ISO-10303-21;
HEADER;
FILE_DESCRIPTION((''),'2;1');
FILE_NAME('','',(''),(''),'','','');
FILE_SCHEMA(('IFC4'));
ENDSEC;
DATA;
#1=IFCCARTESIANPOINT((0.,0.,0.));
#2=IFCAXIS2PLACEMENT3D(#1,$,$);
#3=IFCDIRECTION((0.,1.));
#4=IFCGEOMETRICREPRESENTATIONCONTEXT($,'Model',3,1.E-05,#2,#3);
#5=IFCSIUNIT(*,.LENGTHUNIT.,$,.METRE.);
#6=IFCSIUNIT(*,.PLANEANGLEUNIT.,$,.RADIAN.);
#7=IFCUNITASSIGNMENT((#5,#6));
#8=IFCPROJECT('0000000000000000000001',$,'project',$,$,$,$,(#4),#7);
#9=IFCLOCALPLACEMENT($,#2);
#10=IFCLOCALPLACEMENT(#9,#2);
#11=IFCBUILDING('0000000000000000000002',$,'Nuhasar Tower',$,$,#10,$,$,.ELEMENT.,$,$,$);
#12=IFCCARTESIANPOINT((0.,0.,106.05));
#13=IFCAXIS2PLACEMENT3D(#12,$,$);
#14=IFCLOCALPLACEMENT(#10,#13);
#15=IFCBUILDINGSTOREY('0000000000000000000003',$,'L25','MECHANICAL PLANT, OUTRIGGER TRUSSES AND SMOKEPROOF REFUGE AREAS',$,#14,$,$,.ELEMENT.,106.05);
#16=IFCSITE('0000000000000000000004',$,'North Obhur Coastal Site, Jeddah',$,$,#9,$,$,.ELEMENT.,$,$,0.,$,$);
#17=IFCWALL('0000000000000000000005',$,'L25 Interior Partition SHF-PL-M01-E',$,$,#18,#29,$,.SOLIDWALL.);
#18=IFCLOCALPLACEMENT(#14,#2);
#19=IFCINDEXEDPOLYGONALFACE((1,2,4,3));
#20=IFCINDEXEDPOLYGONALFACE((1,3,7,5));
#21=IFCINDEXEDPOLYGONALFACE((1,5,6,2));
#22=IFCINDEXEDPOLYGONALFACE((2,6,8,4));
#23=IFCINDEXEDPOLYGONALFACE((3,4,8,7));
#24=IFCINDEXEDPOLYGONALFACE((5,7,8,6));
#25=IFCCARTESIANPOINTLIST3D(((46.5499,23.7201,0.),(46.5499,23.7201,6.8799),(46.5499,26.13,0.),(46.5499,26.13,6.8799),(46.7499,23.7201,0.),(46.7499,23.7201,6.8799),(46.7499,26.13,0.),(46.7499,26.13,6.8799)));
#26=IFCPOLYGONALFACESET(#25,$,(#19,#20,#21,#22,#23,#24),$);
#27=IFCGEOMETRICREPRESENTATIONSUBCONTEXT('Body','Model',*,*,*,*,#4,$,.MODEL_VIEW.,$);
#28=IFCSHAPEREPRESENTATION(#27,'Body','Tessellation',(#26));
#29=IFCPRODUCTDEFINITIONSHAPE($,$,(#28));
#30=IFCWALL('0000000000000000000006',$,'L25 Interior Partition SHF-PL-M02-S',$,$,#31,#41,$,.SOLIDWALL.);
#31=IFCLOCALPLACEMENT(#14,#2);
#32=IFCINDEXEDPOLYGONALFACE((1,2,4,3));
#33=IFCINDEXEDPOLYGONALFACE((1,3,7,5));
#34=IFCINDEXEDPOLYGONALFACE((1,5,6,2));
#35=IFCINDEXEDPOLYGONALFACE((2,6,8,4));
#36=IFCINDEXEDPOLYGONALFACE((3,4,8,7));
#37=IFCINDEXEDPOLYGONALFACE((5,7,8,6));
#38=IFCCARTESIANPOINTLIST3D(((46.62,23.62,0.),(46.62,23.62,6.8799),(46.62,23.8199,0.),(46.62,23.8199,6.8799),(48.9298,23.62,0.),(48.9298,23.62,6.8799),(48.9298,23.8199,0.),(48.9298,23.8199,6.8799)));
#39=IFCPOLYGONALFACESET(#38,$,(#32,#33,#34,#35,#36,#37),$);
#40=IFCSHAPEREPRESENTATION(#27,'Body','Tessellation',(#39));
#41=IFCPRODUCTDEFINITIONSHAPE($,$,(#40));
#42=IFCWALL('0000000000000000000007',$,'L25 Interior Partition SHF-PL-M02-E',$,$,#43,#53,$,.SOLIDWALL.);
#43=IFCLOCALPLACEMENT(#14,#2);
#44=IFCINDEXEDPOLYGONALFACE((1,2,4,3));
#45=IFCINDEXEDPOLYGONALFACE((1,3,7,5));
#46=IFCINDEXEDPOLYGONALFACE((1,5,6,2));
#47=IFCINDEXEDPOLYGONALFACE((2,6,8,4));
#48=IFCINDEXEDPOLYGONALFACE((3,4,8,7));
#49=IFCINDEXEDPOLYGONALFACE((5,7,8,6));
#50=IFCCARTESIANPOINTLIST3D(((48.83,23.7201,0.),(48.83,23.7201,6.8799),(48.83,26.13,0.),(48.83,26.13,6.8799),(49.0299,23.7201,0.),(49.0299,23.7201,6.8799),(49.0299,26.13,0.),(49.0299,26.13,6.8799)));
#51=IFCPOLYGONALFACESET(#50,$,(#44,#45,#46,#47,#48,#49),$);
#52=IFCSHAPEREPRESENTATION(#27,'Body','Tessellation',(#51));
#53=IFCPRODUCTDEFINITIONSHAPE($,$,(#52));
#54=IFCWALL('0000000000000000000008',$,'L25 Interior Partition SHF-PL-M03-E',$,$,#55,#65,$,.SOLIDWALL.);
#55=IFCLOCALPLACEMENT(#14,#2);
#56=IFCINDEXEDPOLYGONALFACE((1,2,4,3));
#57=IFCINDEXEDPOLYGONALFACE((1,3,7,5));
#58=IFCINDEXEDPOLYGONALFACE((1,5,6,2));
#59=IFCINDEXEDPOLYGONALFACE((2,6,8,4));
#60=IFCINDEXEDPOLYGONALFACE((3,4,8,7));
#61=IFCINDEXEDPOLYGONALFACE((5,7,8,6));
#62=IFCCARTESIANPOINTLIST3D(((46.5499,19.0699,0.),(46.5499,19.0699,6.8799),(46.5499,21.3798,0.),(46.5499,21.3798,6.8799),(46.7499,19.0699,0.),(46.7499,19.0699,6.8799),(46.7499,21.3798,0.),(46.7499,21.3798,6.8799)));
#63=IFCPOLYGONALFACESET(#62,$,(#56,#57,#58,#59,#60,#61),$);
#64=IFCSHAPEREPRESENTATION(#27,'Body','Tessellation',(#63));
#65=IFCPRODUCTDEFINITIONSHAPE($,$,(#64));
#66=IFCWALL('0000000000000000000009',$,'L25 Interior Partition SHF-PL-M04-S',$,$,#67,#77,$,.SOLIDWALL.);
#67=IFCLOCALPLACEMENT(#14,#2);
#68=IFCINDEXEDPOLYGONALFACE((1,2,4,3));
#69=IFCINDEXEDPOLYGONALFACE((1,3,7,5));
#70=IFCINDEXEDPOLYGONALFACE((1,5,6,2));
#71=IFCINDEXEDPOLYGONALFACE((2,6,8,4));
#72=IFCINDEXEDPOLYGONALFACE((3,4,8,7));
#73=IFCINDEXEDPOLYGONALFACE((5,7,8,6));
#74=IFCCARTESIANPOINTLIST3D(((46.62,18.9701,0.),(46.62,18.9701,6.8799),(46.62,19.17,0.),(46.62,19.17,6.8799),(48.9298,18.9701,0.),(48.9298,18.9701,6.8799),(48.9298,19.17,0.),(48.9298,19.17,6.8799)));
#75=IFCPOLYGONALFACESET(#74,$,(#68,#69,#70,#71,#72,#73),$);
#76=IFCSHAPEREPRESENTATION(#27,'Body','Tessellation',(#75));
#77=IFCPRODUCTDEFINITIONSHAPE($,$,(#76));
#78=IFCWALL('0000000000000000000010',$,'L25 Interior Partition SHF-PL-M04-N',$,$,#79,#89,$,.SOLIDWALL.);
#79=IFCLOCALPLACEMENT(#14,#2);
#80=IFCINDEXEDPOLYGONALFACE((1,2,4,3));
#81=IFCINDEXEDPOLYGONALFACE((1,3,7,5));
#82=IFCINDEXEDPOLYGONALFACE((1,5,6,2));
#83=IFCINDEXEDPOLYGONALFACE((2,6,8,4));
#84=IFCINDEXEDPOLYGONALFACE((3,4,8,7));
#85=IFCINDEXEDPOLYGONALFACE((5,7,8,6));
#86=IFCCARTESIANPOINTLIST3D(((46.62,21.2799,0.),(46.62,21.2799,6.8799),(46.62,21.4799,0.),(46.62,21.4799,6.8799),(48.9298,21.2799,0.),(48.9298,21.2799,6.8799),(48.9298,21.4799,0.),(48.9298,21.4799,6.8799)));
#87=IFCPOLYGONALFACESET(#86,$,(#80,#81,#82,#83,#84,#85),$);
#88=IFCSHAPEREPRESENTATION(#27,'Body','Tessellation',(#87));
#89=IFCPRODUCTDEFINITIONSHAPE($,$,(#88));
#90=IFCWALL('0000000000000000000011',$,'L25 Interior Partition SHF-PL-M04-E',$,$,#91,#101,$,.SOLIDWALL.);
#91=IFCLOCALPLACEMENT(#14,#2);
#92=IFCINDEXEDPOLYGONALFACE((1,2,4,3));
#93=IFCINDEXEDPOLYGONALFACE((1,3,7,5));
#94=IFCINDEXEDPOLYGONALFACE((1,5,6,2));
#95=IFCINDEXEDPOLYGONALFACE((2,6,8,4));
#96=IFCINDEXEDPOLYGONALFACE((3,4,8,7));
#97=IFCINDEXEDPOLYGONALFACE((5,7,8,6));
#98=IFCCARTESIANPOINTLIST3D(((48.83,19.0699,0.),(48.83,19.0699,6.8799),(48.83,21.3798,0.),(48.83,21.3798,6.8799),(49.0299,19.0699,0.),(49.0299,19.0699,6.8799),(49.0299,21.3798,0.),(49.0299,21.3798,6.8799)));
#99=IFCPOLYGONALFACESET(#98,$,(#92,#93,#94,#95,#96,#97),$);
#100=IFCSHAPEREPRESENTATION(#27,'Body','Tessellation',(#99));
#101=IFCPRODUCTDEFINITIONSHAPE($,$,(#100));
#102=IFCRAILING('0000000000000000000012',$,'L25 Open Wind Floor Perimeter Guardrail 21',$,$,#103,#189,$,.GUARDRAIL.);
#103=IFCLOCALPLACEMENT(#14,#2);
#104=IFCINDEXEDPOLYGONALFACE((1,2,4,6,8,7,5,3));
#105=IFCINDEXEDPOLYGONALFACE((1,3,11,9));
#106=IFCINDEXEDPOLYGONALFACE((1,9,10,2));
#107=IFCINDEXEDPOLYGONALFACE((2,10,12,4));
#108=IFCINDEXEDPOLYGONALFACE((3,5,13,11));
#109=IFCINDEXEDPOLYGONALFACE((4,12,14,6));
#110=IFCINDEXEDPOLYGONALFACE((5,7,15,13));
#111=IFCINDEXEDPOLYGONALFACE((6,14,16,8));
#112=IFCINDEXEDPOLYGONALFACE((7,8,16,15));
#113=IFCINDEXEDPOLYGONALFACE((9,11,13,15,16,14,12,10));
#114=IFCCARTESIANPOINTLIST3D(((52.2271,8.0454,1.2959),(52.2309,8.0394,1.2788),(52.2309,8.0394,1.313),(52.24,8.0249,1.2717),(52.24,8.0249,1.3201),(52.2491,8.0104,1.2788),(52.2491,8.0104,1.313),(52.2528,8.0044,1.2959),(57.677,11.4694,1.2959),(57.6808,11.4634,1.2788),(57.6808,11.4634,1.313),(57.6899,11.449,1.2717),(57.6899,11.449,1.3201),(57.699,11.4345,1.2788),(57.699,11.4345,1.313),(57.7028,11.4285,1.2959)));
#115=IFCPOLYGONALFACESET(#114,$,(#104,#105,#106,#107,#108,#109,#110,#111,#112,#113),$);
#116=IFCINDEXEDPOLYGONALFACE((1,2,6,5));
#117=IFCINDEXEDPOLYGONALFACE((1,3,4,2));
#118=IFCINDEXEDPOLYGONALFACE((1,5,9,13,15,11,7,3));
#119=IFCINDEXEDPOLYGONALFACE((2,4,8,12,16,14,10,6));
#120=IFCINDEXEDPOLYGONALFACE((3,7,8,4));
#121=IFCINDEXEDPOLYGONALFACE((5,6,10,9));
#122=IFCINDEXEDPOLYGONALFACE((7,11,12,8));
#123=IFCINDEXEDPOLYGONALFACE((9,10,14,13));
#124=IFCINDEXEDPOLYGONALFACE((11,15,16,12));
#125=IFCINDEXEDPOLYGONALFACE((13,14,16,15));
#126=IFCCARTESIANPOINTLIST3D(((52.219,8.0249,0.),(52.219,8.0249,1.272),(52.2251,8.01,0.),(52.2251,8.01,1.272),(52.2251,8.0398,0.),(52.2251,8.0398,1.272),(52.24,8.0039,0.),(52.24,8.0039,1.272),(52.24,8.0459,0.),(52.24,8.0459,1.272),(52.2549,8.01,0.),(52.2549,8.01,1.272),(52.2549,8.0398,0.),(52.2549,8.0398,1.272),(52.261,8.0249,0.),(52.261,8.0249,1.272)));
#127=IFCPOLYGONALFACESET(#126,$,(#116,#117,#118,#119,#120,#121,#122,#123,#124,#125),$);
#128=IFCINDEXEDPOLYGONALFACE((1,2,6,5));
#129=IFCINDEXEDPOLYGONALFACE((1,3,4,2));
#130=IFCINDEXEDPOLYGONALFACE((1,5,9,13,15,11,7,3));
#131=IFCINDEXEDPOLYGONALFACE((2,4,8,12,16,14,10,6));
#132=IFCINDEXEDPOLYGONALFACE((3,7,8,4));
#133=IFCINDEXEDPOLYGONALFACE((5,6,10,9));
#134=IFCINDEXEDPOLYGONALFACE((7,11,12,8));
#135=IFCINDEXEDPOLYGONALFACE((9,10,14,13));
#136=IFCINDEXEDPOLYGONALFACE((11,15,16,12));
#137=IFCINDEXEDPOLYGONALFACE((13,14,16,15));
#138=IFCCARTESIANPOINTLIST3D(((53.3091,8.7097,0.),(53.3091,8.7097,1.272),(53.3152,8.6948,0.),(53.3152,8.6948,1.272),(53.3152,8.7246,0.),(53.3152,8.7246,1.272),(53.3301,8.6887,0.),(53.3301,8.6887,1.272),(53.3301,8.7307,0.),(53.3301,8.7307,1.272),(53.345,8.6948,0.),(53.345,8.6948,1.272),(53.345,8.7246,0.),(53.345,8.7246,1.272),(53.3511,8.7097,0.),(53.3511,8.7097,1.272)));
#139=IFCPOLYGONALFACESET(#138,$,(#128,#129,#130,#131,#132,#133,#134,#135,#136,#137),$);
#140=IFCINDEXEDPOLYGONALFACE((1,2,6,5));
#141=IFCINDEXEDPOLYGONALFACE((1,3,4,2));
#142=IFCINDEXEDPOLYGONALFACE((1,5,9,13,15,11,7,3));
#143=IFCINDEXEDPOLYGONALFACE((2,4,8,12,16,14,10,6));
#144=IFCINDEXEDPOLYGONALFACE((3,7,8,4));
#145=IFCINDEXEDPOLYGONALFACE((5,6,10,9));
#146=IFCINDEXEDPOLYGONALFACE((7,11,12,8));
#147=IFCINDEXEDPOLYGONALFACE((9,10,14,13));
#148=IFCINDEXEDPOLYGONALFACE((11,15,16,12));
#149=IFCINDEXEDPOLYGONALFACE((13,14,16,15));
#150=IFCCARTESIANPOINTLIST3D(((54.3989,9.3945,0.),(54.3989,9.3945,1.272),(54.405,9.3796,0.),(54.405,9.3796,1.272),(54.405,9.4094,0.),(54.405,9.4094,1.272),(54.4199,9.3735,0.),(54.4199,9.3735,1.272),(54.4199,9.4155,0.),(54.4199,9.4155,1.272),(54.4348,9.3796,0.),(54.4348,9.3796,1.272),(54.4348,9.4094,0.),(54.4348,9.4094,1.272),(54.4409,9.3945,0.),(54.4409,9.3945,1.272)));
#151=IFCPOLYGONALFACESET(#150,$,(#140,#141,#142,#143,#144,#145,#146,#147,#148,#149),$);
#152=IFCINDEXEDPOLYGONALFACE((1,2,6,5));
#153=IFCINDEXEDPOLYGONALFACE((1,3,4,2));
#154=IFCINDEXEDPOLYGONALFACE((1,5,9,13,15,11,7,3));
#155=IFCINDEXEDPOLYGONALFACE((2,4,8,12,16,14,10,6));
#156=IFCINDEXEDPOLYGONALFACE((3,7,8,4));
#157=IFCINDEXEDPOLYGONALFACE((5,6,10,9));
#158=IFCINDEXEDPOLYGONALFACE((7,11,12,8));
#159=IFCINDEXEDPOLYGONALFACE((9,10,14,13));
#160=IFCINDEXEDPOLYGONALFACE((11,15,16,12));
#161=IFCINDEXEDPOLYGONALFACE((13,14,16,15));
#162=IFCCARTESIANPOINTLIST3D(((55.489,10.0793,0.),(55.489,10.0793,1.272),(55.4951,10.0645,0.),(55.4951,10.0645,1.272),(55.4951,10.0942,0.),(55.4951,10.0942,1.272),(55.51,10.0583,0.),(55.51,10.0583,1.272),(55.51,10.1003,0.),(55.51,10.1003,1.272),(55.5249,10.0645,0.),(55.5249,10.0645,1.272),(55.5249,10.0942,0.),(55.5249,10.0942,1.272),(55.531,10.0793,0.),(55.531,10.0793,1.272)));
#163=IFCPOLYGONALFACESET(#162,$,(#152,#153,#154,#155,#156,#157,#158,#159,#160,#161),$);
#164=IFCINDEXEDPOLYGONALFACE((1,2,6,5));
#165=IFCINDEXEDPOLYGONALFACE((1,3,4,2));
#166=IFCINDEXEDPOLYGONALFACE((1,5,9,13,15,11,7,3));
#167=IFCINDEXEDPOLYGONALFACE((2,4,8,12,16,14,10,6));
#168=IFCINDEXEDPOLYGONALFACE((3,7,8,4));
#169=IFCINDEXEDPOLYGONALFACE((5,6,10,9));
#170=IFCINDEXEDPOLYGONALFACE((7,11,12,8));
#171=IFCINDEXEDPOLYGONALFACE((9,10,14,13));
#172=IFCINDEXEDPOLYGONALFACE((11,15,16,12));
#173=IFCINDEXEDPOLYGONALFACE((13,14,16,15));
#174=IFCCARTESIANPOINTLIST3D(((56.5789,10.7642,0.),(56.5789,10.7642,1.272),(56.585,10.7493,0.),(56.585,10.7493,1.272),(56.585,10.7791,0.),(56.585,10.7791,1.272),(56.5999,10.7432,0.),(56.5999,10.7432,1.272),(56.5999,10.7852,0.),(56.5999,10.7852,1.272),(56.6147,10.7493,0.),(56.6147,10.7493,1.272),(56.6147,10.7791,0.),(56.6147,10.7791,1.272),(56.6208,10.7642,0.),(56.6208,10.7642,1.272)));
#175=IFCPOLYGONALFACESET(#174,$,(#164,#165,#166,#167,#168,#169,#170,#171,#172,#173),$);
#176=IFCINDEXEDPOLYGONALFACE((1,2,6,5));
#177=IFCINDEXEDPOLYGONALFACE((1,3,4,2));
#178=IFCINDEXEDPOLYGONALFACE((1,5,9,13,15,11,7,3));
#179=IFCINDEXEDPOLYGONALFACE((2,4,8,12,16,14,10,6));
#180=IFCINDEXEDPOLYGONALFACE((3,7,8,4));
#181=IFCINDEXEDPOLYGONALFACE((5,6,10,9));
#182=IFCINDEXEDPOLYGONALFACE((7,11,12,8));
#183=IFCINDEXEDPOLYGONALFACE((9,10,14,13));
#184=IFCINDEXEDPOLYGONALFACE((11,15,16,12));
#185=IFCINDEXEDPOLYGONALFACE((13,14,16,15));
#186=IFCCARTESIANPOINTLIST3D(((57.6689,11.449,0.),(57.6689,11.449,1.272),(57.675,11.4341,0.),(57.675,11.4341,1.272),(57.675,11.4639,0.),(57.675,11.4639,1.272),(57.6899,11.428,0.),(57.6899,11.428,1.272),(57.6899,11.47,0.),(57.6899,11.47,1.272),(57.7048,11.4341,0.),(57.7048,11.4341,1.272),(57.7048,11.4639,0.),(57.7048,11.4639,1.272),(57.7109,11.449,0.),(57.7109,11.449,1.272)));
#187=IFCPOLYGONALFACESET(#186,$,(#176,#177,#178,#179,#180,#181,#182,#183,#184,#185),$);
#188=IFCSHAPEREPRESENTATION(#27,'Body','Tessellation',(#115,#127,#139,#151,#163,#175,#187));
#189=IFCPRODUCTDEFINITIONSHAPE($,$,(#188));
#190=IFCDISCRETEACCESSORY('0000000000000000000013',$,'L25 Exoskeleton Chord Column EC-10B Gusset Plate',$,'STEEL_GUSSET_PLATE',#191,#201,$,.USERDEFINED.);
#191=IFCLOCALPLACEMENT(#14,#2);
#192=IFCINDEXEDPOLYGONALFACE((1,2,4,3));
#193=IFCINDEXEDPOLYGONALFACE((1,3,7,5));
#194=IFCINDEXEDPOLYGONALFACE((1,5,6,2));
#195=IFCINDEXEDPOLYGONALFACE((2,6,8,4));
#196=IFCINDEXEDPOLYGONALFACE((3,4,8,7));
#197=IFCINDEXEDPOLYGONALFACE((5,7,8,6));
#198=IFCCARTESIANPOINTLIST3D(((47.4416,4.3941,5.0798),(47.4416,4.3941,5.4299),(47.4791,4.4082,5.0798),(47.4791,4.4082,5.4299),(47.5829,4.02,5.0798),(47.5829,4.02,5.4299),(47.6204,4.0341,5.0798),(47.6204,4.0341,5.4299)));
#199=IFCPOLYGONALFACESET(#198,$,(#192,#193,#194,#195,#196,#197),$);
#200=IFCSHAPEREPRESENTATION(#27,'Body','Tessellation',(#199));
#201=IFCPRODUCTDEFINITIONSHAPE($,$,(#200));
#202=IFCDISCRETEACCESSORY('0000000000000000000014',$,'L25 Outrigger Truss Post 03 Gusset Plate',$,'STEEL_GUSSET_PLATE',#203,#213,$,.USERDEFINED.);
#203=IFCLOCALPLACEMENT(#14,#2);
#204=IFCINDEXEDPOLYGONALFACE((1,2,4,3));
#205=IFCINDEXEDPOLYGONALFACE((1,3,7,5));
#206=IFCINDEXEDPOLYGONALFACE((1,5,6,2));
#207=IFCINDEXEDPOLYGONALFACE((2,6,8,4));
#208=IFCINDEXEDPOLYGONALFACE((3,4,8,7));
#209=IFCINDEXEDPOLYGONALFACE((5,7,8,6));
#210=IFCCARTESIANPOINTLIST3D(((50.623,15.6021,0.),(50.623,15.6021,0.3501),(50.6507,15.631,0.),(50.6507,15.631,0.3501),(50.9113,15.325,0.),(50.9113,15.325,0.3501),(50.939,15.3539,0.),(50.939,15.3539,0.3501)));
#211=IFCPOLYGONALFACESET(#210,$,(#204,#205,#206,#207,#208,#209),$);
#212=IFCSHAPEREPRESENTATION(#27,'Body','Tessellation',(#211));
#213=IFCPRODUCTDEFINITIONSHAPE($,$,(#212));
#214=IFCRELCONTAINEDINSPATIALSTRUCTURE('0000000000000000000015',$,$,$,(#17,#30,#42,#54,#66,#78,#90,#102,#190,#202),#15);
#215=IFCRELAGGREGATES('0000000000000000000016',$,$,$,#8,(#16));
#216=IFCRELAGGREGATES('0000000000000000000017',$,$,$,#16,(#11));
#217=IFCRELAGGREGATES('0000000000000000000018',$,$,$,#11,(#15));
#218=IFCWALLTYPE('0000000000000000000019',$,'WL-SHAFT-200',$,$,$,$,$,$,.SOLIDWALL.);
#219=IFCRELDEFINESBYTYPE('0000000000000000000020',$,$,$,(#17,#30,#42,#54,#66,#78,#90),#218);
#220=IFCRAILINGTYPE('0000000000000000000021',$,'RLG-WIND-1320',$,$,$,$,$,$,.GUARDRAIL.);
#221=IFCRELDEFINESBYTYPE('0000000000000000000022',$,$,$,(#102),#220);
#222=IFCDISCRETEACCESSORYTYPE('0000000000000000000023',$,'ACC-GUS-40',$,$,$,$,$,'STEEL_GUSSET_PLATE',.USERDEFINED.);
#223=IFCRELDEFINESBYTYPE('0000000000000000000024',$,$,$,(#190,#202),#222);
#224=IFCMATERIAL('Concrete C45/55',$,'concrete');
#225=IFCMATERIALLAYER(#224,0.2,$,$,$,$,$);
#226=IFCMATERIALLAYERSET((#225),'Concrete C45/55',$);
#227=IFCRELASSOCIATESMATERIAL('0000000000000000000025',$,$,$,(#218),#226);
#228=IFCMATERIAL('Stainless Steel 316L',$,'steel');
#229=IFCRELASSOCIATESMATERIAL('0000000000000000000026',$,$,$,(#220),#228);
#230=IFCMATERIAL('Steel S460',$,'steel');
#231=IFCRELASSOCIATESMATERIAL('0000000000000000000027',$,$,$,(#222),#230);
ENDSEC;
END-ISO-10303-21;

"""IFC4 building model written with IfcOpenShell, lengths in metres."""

from ifc_helpers import new_model, si_unit, direction, frame, frame_2d, origin, origin_2d, place, context, subcontext, project, spatial, polyline, rectangle, outline, extrude, material, layer, layer_set, type_object, element, save


model = new_model("IFC4")

# Units and contexts
model_context = context("Model", 3, precision=1e-05, world=origin(), true_north=direction((0.0, 1.0)))
body_context = subcontext(model_context, "Body", "Model", "MODEL_VIEW")
ifc_project = project(units=[si_unit("LENGTHUNIT", "METRE"), si_unit("PLANEANGLEUNIT", "RADIAN")], contexts=[model_context])

# Site, building, storey
site_placement = place(None, origin())
site = spatial("IfcSite", under=ifc_project, at=site_placement, Name="North Obhur Coastal Site, Jeddah", CompositionType="ELEMENT", RefElevation=0.0)
building_placement = place(site_placement, origin())
building = spatial("IfcBuilding", under=site, at=building_placement, Name="Nuhasar Tower", CompositionType="ELEMENT")
storey_placement = place(building_placement, frame((0.0, 0.0, 106.05)))
storey = spatial("IfcBuildingStorey", under=building, at=storey_placement, Name="L25", Description="MECHANICAL PLANT, OUTRIGGER TRUSSES AND SMOKEPROOF REFUGE AREAS", CompositionType="ELEMENT", Elevation=106.05)

# Shared definitions
ifc_material_1 = material(Name="Steel S460", Category="steel")

# Shared definitions
ifc_material_2 = material(Name="Concrete C45/55", Category="concrete")

# Walls
ifc_layer_1 = layer(ifc_material_2, 0.2)
ifc_layer_set_1 = layer_set([ifc_layer_1], Name="Concrete C45/55")
wall_type_1 = type_object("IfcWallType", Name="WL-SHAFT-200", PredefinedType="SOLIDWALL", material=ifc_layer_set_1)
wall_1_placement = place(storey_placement, frame((46.6499, 23.72, 0.0), z_axis=(0.0, 0.0, 1.0), x_axis=(0.0, 1.0, 0.0)))
element("IfcWall", 1, at=wall_1_placement, inside=storey, type_object=wall_type_1, Name="L25 Interior Partition SHF-PL-M01-E", PredefinedType="SOLIDWALL", context=body_context, shape_type="SweptSolid", body=[
    extrude(rectangle(XDim=2.4099, YDim=0.2, at=frame_2d((1.2051, 0.0))), origin(), (0.0, 0.0, 1.0), 6.8799),
])
wall_2_placement = place(storey_placement, frame((46.6201, 23.72, 0.0), z_axis=(0.0, 0.0, 1.0), x_axis=(1.0, 0.0, 0.0)))
element("IfcWall", 2, at=wall_2_placement, inside=storey, type_object=wall_type_1, Name="L25 Interior Partition SHF-PL-M02-S", PredefinedType="SOLIDWALL", context=body_context, shape_type="SweptSolid", body=[
    extrude(rectangle(XDim=2.3098, YDim=0.2, at=frame_2d((1.1548, 0.0))), origin(), (0.0, 0.0, 1.0), 6.8799),
])
wall_3_placement = place(storey_placement, frame((48.9299, 23.72, 0.0), z_axis=(0.0, 0.0, 1.0), x_axis=(0.0, 1.0, 0.0)))
element("IfcWall", 3, at=wall_3_placement, inside=storey, type_object=wall_type_1, Name="L25 Interior Partition SHF-PL-M02-E", PredefinedType="SOLIDWALL", context=body_context, shape_type="SweptSolid", body=[
    extrude(rectangle(XDim=2.4099, YDim=0.2, at=frame_2d((1.2051, 0.0))), origin(), (0.0, 0.0, 1.0), 6.8799),
])
for number, where, z_axis, x_axis, name in (
    (4, (46.6499, 19.0701, 0.0), (0.0, 0.0, 1.0), (0.0, 1.0, 0.0), "L25 Interior Partition SHF-PL-M03-E"),
    (5, (46.6201, 19.0701, 0.0), (0.0, 0.0, 1.0), (1.0, 0.0, 0.0), "L25 Interior Partition SHF-PL-M04-S"),
    (6, (46.6201, 21.3799, 0.0), (0.0, 0.0, 1.0), (1.0, 0.0, 0.0), "L25 Interior Partition SHF-PL-M04-N"),
    (7, (48.9299, 19.0701, 0.0), (0.0, 0.0, 1.0), (0.0, 1.0, 0.0), "L25 Interior Partition SHF-PL-M04-E"),
):
    element("IfcWall", number, at=place(storey_placement, frame(where, z_axis=z_axis, x_axis=x_axis)), inside=storey, type_object=wall_type_1, Name=name, PredefinedType="SOLIDWALL", context=body_context, shape_type="SweptSolid", body=[
        extrude(rectangle(XDim=2.3098, YDim=0.2, at=frame_2d((1.1548, 0.0))), origin(), (0.0, 0.0, 1.0), 6.8799),
    ])

# Railing
ifc_material_3 = material(Name="Stainless Steel 316L", Category="steel")
railing_type = type_object("IfcRailingType", Name="RLG-WIND-1320", PredefinedType="GUARDRAIL", material=ifc_material_3)
railing_placement = place(storey_placement, frame((52.24, 8.0249, 0.0)))
element("IfcRailing", 8, at=railing_placement, inside=storey, type_object=railing_type, Name="L25 Open Wind Floor Perimeter Guardrail 21", PredefinedType="GUARDRAIL", context=body_context, shape_type="SweptSolid", body=[
    extrude(outline(polyline([(0.0242, 0.0), (0.0171, 0.0171), (0.0, 0.0242), (-0.0171, 0.0171), (-0.0242, 0.0), (-0.0171, -0.0171), (0.0, -0.0242), (0.0171, -0.0171), (0.0242, 0.0)])), frame((0.0, 0.0, 1.2959), z_axis=(0.846749, 0.531992, 0.0), x_axis=(-0.531992, 0.846749, 0.0)), (0.0, 0.0, 1.0), 6.4363),
    extrude(outline(polyline([(0.021, 0.0), (0.0149, 0.0149), (0.0, 0.021), (-0.0149, 0.0149), (-0.021, 0.0), (-0.0149, -0.0149), (0.0, -0.021), (0.0149, -0.0149), (0.021, 0.0)])), origin(), (0.0, 0.0, 1.0), 1.272),
    extrude(outline(polyline([(0.021, 0.0), (0.0149, 0.0149), (0.0, 0.021), (-0.0149, 0.0149), (-0.021, 0.0), (-0.0149, -0.0149), (0.0, -0.021), (0.0149, -0.0149), (0.021, 0.0)])), frame((1.0901, 0.6848, 0.0)), (0.0, 0.0, 1.0), 1.272),
    extrude(outline(polyline([(0.021, 0.0), (0.0149, 0.0149), (0.0, 0.021), (-0.0149, 0.0149), (-0.021, 0.0), (-0.0149, -0.0149), (0.0, -0.021), (0.0149, -0.0149), (0.021, 0.0)])), frame((2.1799, 1.3696, 0.0)), (0.0, 0.0, 1.0), 1.272),
    extrude(outline(polyline([(0.021, 0.0), (0.0149, 0.0149), (0.0, 0.021), (-0.0149, 0.0149), (-0.021, 0.0), (-0.0149, -0.0149), (0.0, -0.021), (0.0149, -0.0149), (0.021, 0.0)])), frame((3.27, 2.0544, 0.0)), (0.0, 0.0, 1.0), 1.272),
    extrude(outline(polyline([(0.021, 0.0), (0.0149, 0.0149), (0.0, 0.021), (-0.0149, 0.0149), (-0.021, 0.0), (-0.0149, -0.0149), (0.0, -0.021), (0.0149, -0.0149), (0.021, 0.0)])), frame((4.3599, 2.7393, 0.0)), (0.0, 0.0, 1.0), 1.272),
    extrude(outline(polyline([(0.021, 0.0), (0.0149, 0.0149), (0.0, 0.021), (-0.0149, 0.0149), (-0.021, 0.0), (-0.0149, -0.0149), (0.0, -0.021), (0.0149, -0.0149), (0.021, 0.0)])), frame((5.45, 3.4241, 0.0)), (0.0, 0.0, 1.0), 1.272),
])

# Discrete accessories
discrete_accessory_type = type_object("IfcDiscreteAccessoryType", Name="ACC-GUS-40", ElementType="STEEL_GUSSET_PLATE", PredefinedType="USERDEFINED", material=ifc_material_1)
for number, where, z_axis, x_axis, name in (
    (9, (47.531, 4.2141, 5.0798), (0.0, 0.0, 1.0), (0.353344, -0.935493, 0.0), "L25 Exoskeleton Chord Column EC-10B Gusset Plate"),
    (10, (50.781, 15.478, 0.0), (0.0, 0.0, 1.0), (0.720999, -0.692936, 0.0), "L25 Outrigger Truss Post 03 Gusset Plate"),
):
    element("IfcDiscreteAccessory", number, at=place(storey_placement, frame(where, z_axis=z_axis, x_axis=x_axis)), inside=storey, type_object=discrete_accessory_type, Name=name, ObjectType="STEEL_GUSSET_PLATE", PredefinedType="USERDEFINED", context=body_context, shape_type="SweptSolid", body=[
        extrude(rectangle(XDim=0.3999, YDim=0.04, at=origin_2d()), origin(), (0.0, 0.0, 1.0), 0.3501),
    ])

save(model, "model.ifc")
